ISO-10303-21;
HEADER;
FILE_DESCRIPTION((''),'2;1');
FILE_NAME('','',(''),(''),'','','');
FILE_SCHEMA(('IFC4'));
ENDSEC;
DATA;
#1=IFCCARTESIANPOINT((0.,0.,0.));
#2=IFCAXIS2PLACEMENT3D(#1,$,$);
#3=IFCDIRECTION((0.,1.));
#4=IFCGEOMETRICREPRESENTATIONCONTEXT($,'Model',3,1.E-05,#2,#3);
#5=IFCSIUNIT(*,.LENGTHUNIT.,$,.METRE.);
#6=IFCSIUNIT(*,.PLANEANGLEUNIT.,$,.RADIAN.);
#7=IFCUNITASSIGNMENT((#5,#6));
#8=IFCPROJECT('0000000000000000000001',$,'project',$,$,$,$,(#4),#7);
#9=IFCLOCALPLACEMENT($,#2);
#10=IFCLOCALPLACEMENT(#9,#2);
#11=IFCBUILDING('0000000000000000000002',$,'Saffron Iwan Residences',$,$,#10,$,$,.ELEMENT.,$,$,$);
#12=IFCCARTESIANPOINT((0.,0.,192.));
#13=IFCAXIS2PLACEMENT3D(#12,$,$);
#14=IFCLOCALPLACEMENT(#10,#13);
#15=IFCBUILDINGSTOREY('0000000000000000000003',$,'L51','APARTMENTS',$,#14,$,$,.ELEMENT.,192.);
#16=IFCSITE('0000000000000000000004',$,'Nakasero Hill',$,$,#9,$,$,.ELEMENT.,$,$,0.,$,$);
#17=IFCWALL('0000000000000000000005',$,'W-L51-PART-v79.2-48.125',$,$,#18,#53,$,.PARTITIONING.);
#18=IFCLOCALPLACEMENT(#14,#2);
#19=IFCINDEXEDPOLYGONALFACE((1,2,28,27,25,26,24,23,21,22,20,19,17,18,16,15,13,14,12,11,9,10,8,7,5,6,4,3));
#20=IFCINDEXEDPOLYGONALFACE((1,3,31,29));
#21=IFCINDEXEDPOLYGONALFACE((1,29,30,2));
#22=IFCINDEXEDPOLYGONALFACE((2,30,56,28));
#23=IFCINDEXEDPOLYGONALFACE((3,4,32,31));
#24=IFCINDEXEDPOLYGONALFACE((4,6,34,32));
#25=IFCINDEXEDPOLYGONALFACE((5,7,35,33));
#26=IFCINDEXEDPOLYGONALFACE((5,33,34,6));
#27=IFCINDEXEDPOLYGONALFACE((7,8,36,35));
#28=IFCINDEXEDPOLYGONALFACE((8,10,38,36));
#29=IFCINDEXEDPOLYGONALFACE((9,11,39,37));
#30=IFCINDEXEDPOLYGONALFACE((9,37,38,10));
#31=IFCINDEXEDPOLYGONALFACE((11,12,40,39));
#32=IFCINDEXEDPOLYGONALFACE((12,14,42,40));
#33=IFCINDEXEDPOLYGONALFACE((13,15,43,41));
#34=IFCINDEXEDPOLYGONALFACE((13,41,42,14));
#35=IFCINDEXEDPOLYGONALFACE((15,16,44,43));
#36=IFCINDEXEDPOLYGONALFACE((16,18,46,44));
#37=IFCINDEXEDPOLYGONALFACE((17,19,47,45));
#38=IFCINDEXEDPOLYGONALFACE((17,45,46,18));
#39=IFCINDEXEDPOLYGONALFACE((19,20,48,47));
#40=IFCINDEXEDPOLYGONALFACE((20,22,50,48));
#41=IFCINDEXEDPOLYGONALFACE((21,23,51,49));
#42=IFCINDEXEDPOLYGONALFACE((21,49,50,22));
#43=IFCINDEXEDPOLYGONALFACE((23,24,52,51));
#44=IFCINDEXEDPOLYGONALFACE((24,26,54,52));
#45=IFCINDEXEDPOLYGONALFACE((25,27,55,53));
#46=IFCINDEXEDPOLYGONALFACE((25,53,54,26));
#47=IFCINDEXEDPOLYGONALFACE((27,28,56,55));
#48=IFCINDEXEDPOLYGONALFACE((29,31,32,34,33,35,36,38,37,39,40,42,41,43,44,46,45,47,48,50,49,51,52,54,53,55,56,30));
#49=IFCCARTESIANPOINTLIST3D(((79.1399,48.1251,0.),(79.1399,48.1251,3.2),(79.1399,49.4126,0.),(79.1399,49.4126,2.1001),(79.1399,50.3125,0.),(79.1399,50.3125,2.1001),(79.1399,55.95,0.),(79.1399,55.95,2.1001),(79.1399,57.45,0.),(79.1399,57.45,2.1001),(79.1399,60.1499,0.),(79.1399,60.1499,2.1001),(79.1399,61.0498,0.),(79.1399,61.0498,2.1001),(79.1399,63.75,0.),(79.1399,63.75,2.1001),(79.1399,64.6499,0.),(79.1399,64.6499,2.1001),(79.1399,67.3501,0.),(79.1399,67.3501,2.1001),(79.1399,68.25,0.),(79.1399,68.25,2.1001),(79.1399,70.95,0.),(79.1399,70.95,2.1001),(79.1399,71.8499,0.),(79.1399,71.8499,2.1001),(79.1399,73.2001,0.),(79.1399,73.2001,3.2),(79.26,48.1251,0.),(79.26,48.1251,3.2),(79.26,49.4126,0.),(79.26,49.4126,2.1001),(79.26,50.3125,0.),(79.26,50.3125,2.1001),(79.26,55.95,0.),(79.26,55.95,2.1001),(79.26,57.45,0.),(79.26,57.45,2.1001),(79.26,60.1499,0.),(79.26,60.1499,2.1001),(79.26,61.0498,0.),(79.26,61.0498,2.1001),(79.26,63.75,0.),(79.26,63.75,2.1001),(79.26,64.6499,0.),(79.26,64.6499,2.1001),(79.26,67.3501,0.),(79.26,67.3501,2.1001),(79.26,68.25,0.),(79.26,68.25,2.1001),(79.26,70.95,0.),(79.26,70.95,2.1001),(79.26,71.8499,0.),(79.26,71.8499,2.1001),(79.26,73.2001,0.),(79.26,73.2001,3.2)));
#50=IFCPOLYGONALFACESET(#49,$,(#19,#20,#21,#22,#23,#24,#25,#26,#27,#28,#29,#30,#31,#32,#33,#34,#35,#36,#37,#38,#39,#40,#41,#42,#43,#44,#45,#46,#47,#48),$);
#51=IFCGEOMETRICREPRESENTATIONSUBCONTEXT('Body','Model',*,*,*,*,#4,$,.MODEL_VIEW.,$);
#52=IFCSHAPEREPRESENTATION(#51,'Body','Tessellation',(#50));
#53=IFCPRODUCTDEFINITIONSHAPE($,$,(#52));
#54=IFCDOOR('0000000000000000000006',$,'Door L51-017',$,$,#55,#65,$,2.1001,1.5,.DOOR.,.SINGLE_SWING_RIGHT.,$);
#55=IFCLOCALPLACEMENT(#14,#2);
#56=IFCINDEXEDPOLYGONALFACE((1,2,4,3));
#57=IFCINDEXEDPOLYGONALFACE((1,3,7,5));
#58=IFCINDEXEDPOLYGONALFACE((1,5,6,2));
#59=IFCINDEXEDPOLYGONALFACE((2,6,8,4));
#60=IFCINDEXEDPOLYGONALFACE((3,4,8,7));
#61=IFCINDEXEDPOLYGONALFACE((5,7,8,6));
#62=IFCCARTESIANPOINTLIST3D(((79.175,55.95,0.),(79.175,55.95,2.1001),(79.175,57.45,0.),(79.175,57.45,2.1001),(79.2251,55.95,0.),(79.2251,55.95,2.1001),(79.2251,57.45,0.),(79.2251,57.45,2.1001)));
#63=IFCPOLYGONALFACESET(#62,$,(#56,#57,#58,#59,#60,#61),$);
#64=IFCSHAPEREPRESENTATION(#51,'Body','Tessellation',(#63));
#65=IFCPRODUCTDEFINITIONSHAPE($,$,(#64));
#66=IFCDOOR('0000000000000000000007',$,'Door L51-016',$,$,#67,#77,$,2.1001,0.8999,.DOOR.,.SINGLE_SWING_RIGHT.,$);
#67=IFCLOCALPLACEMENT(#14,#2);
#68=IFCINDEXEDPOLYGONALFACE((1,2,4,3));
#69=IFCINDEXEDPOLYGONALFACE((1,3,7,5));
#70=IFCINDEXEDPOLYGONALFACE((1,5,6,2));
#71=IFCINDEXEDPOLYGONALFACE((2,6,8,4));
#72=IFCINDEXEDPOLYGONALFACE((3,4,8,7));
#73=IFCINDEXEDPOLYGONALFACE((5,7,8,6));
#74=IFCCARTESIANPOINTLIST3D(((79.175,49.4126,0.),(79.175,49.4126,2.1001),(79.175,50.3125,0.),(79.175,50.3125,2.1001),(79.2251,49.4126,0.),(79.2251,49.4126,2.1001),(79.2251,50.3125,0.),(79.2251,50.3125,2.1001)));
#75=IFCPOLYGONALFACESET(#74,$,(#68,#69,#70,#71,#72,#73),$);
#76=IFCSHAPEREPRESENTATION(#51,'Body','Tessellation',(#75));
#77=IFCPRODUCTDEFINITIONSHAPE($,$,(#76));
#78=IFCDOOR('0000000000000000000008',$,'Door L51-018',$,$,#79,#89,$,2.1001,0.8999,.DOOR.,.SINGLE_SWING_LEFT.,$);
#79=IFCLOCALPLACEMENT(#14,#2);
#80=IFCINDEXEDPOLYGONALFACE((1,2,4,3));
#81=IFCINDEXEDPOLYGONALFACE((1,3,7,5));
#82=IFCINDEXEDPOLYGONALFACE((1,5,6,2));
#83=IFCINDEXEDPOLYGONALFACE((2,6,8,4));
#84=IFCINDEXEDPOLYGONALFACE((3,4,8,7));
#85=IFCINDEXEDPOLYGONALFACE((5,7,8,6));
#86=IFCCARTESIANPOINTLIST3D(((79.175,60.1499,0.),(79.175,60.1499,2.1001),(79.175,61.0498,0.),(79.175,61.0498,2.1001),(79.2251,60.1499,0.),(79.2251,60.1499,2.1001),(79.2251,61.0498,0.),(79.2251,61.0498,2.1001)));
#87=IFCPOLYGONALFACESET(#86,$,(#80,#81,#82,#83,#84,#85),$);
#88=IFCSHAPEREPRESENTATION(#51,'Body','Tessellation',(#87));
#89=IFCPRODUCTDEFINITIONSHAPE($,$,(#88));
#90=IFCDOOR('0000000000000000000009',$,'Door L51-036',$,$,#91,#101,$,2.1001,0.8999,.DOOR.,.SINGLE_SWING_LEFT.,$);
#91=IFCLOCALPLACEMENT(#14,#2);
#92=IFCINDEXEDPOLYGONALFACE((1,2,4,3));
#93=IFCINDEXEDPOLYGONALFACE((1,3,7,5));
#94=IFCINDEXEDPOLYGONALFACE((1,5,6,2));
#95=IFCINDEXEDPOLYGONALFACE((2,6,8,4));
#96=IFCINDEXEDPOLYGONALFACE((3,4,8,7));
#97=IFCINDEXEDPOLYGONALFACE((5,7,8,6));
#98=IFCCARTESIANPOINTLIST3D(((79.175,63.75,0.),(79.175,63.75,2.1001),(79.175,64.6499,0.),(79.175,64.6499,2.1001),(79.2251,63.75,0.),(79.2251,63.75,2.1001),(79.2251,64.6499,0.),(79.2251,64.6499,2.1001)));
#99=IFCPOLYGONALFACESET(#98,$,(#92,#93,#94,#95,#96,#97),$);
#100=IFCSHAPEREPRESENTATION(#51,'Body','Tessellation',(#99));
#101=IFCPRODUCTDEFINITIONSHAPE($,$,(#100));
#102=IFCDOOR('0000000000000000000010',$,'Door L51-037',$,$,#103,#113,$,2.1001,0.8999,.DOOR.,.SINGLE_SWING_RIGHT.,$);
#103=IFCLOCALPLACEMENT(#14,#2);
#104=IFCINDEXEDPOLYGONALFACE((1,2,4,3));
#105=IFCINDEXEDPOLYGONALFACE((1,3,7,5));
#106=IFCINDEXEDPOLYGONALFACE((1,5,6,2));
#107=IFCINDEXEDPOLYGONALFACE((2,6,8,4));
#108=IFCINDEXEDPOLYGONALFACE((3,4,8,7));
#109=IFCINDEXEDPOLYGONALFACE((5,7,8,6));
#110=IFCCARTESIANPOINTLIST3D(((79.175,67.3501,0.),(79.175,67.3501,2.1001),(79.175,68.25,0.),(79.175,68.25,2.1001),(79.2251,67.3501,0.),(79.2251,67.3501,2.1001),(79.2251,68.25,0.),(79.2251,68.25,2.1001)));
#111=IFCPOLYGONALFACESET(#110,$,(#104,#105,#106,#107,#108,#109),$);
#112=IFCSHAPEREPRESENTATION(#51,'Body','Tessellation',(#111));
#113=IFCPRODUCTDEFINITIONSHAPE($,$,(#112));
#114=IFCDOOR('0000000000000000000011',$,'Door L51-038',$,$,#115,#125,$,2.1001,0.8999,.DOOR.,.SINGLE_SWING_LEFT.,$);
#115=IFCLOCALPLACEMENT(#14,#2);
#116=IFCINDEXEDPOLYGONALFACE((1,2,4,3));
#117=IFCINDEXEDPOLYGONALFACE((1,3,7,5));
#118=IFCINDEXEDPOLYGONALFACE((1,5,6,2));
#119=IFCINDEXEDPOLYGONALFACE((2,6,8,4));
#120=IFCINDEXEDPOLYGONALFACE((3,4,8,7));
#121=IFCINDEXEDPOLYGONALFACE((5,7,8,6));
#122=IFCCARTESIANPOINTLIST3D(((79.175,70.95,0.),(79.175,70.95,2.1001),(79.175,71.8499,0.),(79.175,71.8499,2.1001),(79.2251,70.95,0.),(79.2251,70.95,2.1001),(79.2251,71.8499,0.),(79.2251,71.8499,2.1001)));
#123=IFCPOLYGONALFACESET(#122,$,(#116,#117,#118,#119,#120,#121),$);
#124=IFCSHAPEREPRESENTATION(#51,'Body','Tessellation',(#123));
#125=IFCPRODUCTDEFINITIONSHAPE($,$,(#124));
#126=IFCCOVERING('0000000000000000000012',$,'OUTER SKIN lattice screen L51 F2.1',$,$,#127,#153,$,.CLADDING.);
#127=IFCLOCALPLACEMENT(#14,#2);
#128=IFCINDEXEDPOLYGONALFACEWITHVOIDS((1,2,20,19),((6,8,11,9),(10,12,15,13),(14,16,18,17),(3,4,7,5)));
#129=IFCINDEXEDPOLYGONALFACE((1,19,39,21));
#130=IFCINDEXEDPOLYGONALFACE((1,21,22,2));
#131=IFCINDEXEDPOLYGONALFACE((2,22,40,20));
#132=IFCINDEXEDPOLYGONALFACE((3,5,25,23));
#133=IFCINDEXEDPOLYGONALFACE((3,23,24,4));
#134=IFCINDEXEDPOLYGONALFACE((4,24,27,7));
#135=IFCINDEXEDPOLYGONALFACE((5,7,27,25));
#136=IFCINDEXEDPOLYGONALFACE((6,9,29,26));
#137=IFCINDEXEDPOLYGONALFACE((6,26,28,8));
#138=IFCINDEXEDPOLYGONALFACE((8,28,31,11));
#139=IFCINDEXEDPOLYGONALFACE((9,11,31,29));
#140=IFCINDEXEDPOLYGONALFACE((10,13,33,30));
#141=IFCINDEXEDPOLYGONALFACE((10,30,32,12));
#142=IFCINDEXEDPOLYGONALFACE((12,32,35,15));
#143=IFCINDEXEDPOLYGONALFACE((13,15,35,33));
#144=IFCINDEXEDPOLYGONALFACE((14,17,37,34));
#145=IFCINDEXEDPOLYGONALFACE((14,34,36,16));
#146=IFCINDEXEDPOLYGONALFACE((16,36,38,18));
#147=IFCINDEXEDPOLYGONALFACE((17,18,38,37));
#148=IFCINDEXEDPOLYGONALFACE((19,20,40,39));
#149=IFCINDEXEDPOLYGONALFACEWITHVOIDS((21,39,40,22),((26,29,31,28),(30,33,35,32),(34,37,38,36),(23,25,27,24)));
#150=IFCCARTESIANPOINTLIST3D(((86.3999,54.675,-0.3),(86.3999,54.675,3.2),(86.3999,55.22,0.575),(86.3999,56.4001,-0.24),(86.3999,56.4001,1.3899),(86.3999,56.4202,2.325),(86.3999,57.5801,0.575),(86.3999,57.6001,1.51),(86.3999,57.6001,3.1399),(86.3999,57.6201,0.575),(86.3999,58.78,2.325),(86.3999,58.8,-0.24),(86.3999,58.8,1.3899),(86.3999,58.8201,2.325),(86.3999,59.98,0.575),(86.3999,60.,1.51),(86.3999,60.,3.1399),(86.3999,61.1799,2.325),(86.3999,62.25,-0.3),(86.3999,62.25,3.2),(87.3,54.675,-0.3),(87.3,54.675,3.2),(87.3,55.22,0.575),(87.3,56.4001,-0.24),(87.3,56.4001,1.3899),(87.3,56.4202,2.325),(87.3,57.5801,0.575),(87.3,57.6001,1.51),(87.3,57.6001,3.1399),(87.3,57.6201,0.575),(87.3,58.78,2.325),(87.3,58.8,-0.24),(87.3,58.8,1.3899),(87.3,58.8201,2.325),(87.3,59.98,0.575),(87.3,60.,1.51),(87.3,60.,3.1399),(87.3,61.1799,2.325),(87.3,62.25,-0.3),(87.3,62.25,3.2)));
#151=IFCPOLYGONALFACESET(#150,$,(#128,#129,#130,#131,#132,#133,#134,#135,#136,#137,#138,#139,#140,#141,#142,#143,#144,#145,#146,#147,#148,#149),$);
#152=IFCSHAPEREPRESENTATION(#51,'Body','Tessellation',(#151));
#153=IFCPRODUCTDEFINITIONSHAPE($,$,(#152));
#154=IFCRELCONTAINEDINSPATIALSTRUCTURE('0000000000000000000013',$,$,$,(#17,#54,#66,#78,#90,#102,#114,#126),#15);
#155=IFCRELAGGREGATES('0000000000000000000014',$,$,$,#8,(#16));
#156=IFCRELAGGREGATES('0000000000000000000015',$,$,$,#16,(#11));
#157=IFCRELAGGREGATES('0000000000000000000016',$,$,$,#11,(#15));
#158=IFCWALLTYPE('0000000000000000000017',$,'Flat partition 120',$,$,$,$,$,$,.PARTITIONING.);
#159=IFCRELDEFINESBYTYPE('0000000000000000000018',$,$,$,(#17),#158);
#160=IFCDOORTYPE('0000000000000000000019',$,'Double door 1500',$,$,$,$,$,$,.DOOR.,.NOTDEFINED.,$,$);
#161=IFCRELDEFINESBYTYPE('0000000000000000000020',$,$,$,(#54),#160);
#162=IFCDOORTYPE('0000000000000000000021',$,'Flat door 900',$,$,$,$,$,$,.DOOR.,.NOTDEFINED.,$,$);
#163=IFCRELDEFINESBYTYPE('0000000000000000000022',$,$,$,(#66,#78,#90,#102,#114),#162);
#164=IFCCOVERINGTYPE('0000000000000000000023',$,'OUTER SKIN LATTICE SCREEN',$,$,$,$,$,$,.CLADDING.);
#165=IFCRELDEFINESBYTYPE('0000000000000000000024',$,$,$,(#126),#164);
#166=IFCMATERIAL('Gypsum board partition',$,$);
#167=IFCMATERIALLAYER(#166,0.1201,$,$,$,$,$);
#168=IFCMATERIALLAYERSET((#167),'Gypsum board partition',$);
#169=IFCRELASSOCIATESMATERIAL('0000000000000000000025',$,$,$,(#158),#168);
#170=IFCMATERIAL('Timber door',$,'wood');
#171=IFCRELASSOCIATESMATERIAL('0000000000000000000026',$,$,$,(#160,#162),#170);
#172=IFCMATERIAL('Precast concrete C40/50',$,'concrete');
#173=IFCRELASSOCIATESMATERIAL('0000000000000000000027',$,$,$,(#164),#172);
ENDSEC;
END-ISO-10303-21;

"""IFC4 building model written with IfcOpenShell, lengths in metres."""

from ifc_helpers import new_model, si_unit, direction, frame, frame_2d, origin, place, context, subcontext, project, spatial, polyline, rectangle, outline, extrude, material, layer, layer_set, type_object, element, fill, save


model = new_model("IFC4")

# Units and contexts
model_context = context("Model", 3, precision=1e-05, world=origin(), true_north=direction((0.0, 1.0)))
body_context = subcontext(model_context, "Body", "Model", "MODEL_VIEW")
ifc_project = project(units=[si_unit("LENGTHUNIT", "METRE"), si_unit("PLANEANGLEUNIT", "RADIAN")], contexts=[model_context])

# Site, building, storey
site_placement = place(None, origin())
site = spatial("IfcSite", under=ifc_project, at=site_placement, Name="Nakasero Hill", CompositionType="ELEMENT", RefElevation=0.0)
building_placement = place(site_placement, origin())
building = spatial("IfcBuilding", under=site, at=building_placement, Name="Saffron Iwan Residences", CompositionType="ELEMENT")
storey_placement = place(building_placement, frame((0.0, 0.0, 192.0)))
storey = spatial("IfcBuildingStorey", under=building, at=storey_placement, Name="L51", Description="APARTMENTS", CompositionType="ELEMENT", Elevation=192.0)

# Shared definitions
ifc_material_1 = material(Name="Gypsum board partition")
ifc_layer_1 = layer(ifc_material_1, 0.1201)
ifc_layer_set_1 = layer_set([ifc_layer_1], Name="Gypsum board partition")
wall_type_1 = type_object("IfcWallType", Name="Flat partition 120", PredefinedType="PARTITIONING", material=ifc_layer_set_1)

# Shared definitions
ifc_material_2 = material(Name="Timber door", Category="wood")

# Wall, openings, doors
wall_1_placement = place(storey_placement, frame((79.2, 48.125, 0.0), z_axis=(0.0, 0.0, 1.0), x_axis=(0.0, 1.0, 0.0)))
wall_1 = element("IfcWall", 1, at=wall_1_placement, inside=storey, type_object=wall_type_1, Name="W-L51-PART-v79.2-48.125", PredefinedType="PARTITIONING", context=body_context, shape_type="SweptSolid", body=[
    extrude(rectangle(XDim=25.075, YDim=0.1201, at=frame_2d((12.5376, 0.0))), origin(), (0.0, 0.0, 1.0), 3.2),
])
opening_1_placement = place(wall_1_placement, frame((1.2876, 0.0, 0.0)))
opening_1 = element("IfcOpeningElement", 2, at=opening_1_placement, cuts=wall_1, PredefinedType="OPENING", context=body_context, shape_type="SweptSolid", body=[
    extrude(rectangle(XDim=0.8999, YDim=2.1001, at=frame_2d((0.45, 1.05))), frame((0.0, 0.0701, 0.0), z_axis=(0.0, -1.0, 0.0), x_axis=(1.0, 0.0, 0.0)), (0.0, 0.0, 1.0), 0.1401),
])
opening_2_placement = place(wall_1_placement, frame((7.825, 0.0, 0.0)))
opening_2 = element("IfcOpeningElement", 3, at=opening_2_placement, cuts=wall_1, PredefinedType="OPENING", context=body_context, shape_type="SweptSolid", body=[
    extrude(rectangle(XDim=1.5, YDim=2.1001, at=frame_2d((0.75, 1.05))), frame((0.0, 0.0701, 0.0), z_axis=(0.0, -1.0, 0.0), x_axis=(1.0, 0.0, 0.0)), (0.0, 0.0, 1.0), 0.1401),
])
opening_3_placement = place(wall_1_placement, frame((12.0249, 0.0, 0.0)))
opening_3 = element("IfcOpeningElement", 4, at=opening_3_placement, cuts=wall_1, PredefinedType="OPENING", context=body_context, shape_type="SweptSolid", body=[
    extrude(rectangle(XDim=0.8999, YDim=2.1001, at=frame_2d((0.45, 1.05))), frame((0.0, 0.0701, 0.0), z_axis=(0.0, -1.0, 0.0), x_axis=(1.0, 0.0, 0.0)), (0.0, 0.0, 1.0), 0.1401),
])
opening_4_placement = place(wall_1_placement, frame((15.625, 0.0, 0.0)))
opening_4 = element("IfcOpeningElement", 5, at=opening_4_placement, cuts=wall_1, PredefinedType="OPENING", context=body_context, shape_type="SweptSolid", body=[
    extrude(rectangle(XDim=0.8999, YDim=2.1001, at=frame_2d((0.45, 1.05))), frame((0.0, 0.0701, 0.0), z_axis=(0.0, -1.0, 0.0), x_axis=(1.0, 0.0, 0.0)), (0.0, 0.0, 1.0), 0.1401),
])
opening_5_placement = place(wall_1_placement, frame((19.2251, 0.0, 0.0)))
opening_5 = element("IfcOpeningElement", 6, at=opening_5_placement, cuts=wall_1, PredefinedType="OPENING", context=body_context, shape_type="SweptSolid", body=[
    extrude(rectangle(XDim=0.8999, YDim=2.1001, at=frame_2d((0.45, 1.05))), frame((0.0, 0.0701, 0.0), z_axis=(0.0, -1.0, 0.0), x_axis=(1.0, 0.0, 0.0)), (0.0, 0.0, 1.0), 0.1401),
])
opening_6_placement = place(wall_1_placement, frame((22.825, 0.0, 0.0)))
opening_6 = element("IfcOpeningElement", 7, at=opening_6_placement, cuts=wall_1, PredefinedType="OPENING", context=body_context, shape_type="SweptSolid", body=[
    extrude(rectangle(XDim=0.8999, YDim=2.1001, at=frame_2d((0.45, 1.05))), frame((0.0, 0.0701, 0.0), z_axis=(0.0, -1.0, 0.0), x_axis=(1.0, 0.0, 0.0)), (0.0, 0.0, 1.0), 0.1401),
])
door_type_1 = type_object("IfcDoorType", Name="Double door 1500", OperationType="NOTDEFINED", PredefinedType="DOOR", material=ifc_material_2)
door_1_placement = place(opening_2_placement, origin())
door_1 = element("IfcDoor", 8, at=door_1_placement, inside=storey, type_object=door_type_1, Name="Door L51-017", OperationType="SINGLE_SWING_RIGHT", OverallHeight=2.1001, OverallWidth=1.5, PredefinedType="DOOR", context=body_context, shape_type="SweptSolid", body=[
    extrude(rectangle(XDim=1.5, YDim=2.1001, at=frame_2d((0.75, 1.05))), frame((0.0, 0.0249, 0.0), z_axis=(0.0, -1.0, 0.0), x_axis=(1.0, 0.0, 0.0)), (0.0, 0.0, 1.0), 0.05),
])
fill(opening_2, door_1)
door_type_2 = type_object("IfcDoorType", Name="Flat door 900", OperationType="NOTDEFINED", PredefinedType="DOOR", material=ifc_material_2)
door_2_placement = place(opening_1_placement, origin())
door_2 = element("IfcDoor", 9, at=door_2_placement, inside=storey, type_object=door_type_2, Name="Door L51-016", OperationType="SINGLE_SWING_RIGHT", OverallHeight=2.1001, OverallWidth=0.8999, PredefinedType="DOOR", context=body_context, shape_type="SweptSolid", body=[
    extrude(rectangle(XDim=0.8999, YDim=2.1001, at=frame_2d((0.45, 1.05))), frame((0.0, 0.0249, 0.0), z_axis=(0.0, -1.0, 0.0), x_axis=(1.0, 0.0, 0.0)), (0.0, 0.0, 1.0), 0.05),
])
fill(opening_1, door_2)
door_3_placement = place(opening_3_placement, origin())
door_3 = element("IfcDoor", 10, at=door_3_placement, inside=storey, type_object=door_type_2, Name="Door L51-018", OperationType="SINGLE_SWING_LEFT", OverallHeight=2.1001, OverallWidth=0.8999, PredefinedType="DOOR", context=body_context, shape_type="SweptSolid", body=[
    extrude(rectangle(XDim=0.8999, YDim=2.1001, at=frame_2d((0.45, 1.05))), frame((0.0, 0.0249, 0.0), z_axis=(0.0, -1.0, 0.0), x_axis=(1.0, 0.0, 0.0)), (0.0, 0.0, 1.0), 0.05),
])
fill(opening_3, door_3)
door_4_placement = place(opening_4_placement, origin())
door_4 = element("IfcDoor", 11, at=door_4_placement, inside=storey, type_object=door_type_2, Name="Door L51-036", OperationType="SINGLE_SWING_LEFT", OverallHeight=2.1001, OverallWidth=0.8999, PredefinedType="DOOR", context=body_context, shape_type="SweptSolid", body=[
    extrude(rectangle(XDim=0.8999, YDim=2.1001, at=frame_2d((0.45, 1.05))), frame((0.0, 0.0249, 0.0), z_axis=(0.0, -1.0, 0.0), x_axis=(1.0, 0.0, 0.0)), (0.0, 0.0, 1.0), 0.05),
])
fill(opening_4, door_4)
door_5_placement = place(opening_5_placement, origin())
door_5 = element("IfcDoor", 12, at=door_5_placement, inside=storey, type_object=door_type_2, Name="Door L51-037", OperationType="SINGLE_SWING_RIGHT", OverallHeight=2.1001, OverallWidth=0.8999, PredefinedType="DOOR", context=body_context, shape_type="SweptSolid", body=[
    extrude(rectangle(XDim=0.8999, YDim=2.1001, at=frame_2d((0.45, 1.05))), frame((0.0, 0.0249, 0.0), z_axis=(0.0, -1.0, 0.0), x_axis=(1.0, 0.0, 0.0)), (0.0, 0.0, 1.0), 0.05),
])
fill(opening_5, door_5)
door_6_placement = place(opening_6_placement, origin())
door_6 = element("IfcDoor", 13, at=door_6_placement, inside=storey, type_object=door_type_2, Name="Door L51-038", OperationType="SINGLE_SWING_LEFT", OverallHeight=2.1001, OverallWidth=0.8999, PredefinedType="DOOR", context=body_context, shape_type="SweptSolid", body=[
    extrude(rectangle(XDim=0.8999, YDim=2.1001, at=frame_2d((0.45, 1.05))), frame((0.0, 0.0249, 0.0), z_axis=(0.0, -1.0, 0.0), x_axis=(1.0, 0.0, 0.0)), (0.0, 0.0, 1.0), 0.05),
])
fill(opening_6, door_6)

# Covering
ifc_material_3 = material(Name="Precast concrete C40/50", Category="concrete")
covering_type = type_object("IfcCoveringType", Name="OUTER SKIN LATTICE SCREEN", PredefinedType="CLADDING", material=ifc_material_3)
covering_placement = place(storey_placement, frame((86.3999, 54.675, -0.3), z_axis=(1.0, 0.0, 0.0), x_axis=(0.0, 1.0, 0.0)))
element("IfcCovering", 14, at=covering_placement, inside=storey, type_object=covering_type, Name="OUTER SKIN lattice screen L51 F2.1", PredefinedType="CLADDING", context=body_context, shape_type="SweptSolid", body=[
    extrude(outline(polyline([(0.0, 0.0), (7.575, 0.0), (7.575, 3.5), (0.0, 3.5), (0.0, 0.0)]), holes=[polyline([(0.5449, 0.875), (1.7251, 0.0601), (2.905, 0.875), (1.7251, 1.6899), (0.5449, 0.875)]), polyline([(2.9451, 0.875), (4.125, 0.0601), (5.3049, 0.875), (4.125, 1.6899), (2.9451, 0.875)]), polyline([(1.7451, 2.625), (2.925, 1.8101), (4.105, 2.625), (2.925, 3.4399), (1.7451, 2.625)]), polyline([(4.145, 2.625), (5.325, 1.8101), (6.5049, 2.625), (5.325, 3.4399), (4.145, 2.625)])]), origin(), (0.0, 0.0, 1.0), 0.9001),
])

save(model, "model.ifc")
